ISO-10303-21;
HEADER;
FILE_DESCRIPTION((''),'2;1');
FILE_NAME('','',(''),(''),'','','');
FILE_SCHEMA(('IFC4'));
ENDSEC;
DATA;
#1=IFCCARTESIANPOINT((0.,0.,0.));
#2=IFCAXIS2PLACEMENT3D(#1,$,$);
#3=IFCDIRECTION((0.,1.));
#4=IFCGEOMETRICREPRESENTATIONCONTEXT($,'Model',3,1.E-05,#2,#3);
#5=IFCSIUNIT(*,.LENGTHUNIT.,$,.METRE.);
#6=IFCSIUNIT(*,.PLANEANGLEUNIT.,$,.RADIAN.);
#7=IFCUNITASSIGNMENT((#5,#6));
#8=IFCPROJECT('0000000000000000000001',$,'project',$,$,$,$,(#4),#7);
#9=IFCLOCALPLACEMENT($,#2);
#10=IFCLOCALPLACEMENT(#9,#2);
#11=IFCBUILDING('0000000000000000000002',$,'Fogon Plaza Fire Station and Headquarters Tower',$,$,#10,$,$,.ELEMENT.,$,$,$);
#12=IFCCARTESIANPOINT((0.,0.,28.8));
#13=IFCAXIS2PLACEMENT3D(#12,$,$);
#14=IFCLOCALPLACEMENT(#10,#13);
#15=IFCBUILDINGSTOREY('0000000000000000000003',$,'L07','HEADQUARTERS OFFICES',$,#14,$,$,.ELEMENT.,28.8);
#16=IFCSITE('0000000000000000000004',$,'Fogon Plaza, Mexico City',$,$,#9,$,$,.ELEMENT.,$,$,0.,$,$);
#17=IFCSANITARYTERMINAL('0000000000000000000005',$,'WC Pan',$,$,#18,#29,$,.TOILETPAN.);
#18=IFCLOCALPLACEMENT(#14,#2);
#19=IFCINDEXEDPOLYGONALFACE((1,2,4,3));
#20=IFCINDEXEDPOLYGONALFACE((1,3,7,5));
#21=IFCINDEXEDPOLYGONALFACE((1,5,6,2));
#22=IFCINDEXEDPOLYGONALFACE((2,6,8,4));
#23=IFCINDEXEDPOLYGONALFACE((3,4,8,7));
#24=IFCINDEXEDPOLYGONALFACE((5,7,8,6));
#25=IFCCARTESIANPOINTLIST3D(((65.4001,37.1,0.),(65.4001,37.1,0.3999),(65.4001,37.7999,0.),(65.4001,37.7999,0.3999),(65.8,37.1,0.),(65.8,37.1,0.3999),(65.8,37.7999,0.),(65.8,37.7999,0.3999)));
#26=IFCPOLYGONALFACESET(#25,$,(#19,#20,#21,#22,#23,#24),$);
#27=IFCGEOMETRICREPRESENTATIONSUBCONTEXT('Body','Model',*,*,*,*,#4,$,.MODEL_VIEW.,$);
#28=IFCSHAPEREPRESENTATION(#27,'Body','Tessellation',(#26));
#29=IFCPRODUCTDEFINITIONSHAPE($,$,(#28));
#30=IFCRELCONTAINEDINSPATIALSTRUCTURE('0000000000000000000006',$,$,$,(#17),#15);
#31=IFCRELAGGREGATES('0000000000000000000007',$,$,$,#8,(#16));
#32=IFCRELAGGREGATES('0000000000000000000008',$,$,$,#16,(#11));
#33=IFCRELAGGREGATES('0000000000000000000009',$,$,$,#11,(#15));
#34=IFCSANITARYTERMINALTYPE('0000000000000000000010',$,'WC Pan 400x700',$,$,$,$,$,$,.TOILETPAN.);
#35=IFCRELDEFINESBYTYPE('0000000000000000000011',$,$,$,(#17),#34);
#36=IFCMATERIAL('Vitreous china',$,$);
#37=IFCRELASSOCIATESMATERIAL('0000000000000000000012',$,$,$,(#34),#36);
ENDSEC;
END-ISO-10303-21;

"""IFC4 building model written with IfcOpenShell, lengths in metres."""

from ifc_helpers import new_model, si_unit, direction, frame, origin, origin_2d, place, context, subcontext, project, spatial, rectangle, extrude, material, type_object, element, save


model = new_model("IFC4")

# Units and contexts
model_context = context("Model", 3, precision=1e-05, world=origin(), true_north=direction((0.0, 1.0)))
body_context = subcontext(model_context, "Body", "Model", "MODEL_VIEW")
ifc_project = project(units=[si_unit("LENGTHUNIT", "METRE"), si_unit("PLANEANGLEUNIT", "RADIAN")], contexts=[model_context])

# Site, building, storey
site_placement = place(None, origin())
site = spatial("IfcSite", under=ifc_project, at=site_placement, Name="Fogon Plaza, Mexico City", CompositionType="ELEMENT", RefElevation=0.0)
building_placement = place(site_placement, origin())
building = spatial("IfcBuilding", under=site, at=building_placement, Name="Fogon Plaza Fire Station and Headquarters Tower", CompositionType="ELEMENT")
storey_placement = place(building_placement, frame((0.0, 0.0, 28.8)))
storey = spatial("IfcBuildingStorey", under=building, at=storey_placement, Name="L07", Description="HEADQUARTERS OFFICES", CompositionType="ELEMENT", Elevation=28.8)

# Sanitary terminal
ifc_material_1 = material(Name="Vitreous china")
sanitary_terminal_type_1 = type_object("IfcSanitaryTerminalType", Name="WC Pan 400x700", PredefinedType="TOILETPAN", material=ifc_material_1)
sanitary_terminal_1_placement = place(storey_placement, frame((65.6001, 37.45, 0.0), z_axis=(0.0, 0.0, 1.0), x_axis=(1.0, 0.0, 0.0)))
element("IfcSanitaryTerminal", 1, at=sanitary_terminal_1_placement, inside=storey, type_object=sanitary_terminal_type_1, Name="WC Pan", PredefinedType="TOILETPAN", context=body_context, shape_type="SweptSolid", body=[
    extrude(rectangle(XDim=0.3999, YDim=0.7, at=origin_2d()), origin(), (0.0, 0.0, 1.0), 0.3999),
])

save(model, "model.ifc")
